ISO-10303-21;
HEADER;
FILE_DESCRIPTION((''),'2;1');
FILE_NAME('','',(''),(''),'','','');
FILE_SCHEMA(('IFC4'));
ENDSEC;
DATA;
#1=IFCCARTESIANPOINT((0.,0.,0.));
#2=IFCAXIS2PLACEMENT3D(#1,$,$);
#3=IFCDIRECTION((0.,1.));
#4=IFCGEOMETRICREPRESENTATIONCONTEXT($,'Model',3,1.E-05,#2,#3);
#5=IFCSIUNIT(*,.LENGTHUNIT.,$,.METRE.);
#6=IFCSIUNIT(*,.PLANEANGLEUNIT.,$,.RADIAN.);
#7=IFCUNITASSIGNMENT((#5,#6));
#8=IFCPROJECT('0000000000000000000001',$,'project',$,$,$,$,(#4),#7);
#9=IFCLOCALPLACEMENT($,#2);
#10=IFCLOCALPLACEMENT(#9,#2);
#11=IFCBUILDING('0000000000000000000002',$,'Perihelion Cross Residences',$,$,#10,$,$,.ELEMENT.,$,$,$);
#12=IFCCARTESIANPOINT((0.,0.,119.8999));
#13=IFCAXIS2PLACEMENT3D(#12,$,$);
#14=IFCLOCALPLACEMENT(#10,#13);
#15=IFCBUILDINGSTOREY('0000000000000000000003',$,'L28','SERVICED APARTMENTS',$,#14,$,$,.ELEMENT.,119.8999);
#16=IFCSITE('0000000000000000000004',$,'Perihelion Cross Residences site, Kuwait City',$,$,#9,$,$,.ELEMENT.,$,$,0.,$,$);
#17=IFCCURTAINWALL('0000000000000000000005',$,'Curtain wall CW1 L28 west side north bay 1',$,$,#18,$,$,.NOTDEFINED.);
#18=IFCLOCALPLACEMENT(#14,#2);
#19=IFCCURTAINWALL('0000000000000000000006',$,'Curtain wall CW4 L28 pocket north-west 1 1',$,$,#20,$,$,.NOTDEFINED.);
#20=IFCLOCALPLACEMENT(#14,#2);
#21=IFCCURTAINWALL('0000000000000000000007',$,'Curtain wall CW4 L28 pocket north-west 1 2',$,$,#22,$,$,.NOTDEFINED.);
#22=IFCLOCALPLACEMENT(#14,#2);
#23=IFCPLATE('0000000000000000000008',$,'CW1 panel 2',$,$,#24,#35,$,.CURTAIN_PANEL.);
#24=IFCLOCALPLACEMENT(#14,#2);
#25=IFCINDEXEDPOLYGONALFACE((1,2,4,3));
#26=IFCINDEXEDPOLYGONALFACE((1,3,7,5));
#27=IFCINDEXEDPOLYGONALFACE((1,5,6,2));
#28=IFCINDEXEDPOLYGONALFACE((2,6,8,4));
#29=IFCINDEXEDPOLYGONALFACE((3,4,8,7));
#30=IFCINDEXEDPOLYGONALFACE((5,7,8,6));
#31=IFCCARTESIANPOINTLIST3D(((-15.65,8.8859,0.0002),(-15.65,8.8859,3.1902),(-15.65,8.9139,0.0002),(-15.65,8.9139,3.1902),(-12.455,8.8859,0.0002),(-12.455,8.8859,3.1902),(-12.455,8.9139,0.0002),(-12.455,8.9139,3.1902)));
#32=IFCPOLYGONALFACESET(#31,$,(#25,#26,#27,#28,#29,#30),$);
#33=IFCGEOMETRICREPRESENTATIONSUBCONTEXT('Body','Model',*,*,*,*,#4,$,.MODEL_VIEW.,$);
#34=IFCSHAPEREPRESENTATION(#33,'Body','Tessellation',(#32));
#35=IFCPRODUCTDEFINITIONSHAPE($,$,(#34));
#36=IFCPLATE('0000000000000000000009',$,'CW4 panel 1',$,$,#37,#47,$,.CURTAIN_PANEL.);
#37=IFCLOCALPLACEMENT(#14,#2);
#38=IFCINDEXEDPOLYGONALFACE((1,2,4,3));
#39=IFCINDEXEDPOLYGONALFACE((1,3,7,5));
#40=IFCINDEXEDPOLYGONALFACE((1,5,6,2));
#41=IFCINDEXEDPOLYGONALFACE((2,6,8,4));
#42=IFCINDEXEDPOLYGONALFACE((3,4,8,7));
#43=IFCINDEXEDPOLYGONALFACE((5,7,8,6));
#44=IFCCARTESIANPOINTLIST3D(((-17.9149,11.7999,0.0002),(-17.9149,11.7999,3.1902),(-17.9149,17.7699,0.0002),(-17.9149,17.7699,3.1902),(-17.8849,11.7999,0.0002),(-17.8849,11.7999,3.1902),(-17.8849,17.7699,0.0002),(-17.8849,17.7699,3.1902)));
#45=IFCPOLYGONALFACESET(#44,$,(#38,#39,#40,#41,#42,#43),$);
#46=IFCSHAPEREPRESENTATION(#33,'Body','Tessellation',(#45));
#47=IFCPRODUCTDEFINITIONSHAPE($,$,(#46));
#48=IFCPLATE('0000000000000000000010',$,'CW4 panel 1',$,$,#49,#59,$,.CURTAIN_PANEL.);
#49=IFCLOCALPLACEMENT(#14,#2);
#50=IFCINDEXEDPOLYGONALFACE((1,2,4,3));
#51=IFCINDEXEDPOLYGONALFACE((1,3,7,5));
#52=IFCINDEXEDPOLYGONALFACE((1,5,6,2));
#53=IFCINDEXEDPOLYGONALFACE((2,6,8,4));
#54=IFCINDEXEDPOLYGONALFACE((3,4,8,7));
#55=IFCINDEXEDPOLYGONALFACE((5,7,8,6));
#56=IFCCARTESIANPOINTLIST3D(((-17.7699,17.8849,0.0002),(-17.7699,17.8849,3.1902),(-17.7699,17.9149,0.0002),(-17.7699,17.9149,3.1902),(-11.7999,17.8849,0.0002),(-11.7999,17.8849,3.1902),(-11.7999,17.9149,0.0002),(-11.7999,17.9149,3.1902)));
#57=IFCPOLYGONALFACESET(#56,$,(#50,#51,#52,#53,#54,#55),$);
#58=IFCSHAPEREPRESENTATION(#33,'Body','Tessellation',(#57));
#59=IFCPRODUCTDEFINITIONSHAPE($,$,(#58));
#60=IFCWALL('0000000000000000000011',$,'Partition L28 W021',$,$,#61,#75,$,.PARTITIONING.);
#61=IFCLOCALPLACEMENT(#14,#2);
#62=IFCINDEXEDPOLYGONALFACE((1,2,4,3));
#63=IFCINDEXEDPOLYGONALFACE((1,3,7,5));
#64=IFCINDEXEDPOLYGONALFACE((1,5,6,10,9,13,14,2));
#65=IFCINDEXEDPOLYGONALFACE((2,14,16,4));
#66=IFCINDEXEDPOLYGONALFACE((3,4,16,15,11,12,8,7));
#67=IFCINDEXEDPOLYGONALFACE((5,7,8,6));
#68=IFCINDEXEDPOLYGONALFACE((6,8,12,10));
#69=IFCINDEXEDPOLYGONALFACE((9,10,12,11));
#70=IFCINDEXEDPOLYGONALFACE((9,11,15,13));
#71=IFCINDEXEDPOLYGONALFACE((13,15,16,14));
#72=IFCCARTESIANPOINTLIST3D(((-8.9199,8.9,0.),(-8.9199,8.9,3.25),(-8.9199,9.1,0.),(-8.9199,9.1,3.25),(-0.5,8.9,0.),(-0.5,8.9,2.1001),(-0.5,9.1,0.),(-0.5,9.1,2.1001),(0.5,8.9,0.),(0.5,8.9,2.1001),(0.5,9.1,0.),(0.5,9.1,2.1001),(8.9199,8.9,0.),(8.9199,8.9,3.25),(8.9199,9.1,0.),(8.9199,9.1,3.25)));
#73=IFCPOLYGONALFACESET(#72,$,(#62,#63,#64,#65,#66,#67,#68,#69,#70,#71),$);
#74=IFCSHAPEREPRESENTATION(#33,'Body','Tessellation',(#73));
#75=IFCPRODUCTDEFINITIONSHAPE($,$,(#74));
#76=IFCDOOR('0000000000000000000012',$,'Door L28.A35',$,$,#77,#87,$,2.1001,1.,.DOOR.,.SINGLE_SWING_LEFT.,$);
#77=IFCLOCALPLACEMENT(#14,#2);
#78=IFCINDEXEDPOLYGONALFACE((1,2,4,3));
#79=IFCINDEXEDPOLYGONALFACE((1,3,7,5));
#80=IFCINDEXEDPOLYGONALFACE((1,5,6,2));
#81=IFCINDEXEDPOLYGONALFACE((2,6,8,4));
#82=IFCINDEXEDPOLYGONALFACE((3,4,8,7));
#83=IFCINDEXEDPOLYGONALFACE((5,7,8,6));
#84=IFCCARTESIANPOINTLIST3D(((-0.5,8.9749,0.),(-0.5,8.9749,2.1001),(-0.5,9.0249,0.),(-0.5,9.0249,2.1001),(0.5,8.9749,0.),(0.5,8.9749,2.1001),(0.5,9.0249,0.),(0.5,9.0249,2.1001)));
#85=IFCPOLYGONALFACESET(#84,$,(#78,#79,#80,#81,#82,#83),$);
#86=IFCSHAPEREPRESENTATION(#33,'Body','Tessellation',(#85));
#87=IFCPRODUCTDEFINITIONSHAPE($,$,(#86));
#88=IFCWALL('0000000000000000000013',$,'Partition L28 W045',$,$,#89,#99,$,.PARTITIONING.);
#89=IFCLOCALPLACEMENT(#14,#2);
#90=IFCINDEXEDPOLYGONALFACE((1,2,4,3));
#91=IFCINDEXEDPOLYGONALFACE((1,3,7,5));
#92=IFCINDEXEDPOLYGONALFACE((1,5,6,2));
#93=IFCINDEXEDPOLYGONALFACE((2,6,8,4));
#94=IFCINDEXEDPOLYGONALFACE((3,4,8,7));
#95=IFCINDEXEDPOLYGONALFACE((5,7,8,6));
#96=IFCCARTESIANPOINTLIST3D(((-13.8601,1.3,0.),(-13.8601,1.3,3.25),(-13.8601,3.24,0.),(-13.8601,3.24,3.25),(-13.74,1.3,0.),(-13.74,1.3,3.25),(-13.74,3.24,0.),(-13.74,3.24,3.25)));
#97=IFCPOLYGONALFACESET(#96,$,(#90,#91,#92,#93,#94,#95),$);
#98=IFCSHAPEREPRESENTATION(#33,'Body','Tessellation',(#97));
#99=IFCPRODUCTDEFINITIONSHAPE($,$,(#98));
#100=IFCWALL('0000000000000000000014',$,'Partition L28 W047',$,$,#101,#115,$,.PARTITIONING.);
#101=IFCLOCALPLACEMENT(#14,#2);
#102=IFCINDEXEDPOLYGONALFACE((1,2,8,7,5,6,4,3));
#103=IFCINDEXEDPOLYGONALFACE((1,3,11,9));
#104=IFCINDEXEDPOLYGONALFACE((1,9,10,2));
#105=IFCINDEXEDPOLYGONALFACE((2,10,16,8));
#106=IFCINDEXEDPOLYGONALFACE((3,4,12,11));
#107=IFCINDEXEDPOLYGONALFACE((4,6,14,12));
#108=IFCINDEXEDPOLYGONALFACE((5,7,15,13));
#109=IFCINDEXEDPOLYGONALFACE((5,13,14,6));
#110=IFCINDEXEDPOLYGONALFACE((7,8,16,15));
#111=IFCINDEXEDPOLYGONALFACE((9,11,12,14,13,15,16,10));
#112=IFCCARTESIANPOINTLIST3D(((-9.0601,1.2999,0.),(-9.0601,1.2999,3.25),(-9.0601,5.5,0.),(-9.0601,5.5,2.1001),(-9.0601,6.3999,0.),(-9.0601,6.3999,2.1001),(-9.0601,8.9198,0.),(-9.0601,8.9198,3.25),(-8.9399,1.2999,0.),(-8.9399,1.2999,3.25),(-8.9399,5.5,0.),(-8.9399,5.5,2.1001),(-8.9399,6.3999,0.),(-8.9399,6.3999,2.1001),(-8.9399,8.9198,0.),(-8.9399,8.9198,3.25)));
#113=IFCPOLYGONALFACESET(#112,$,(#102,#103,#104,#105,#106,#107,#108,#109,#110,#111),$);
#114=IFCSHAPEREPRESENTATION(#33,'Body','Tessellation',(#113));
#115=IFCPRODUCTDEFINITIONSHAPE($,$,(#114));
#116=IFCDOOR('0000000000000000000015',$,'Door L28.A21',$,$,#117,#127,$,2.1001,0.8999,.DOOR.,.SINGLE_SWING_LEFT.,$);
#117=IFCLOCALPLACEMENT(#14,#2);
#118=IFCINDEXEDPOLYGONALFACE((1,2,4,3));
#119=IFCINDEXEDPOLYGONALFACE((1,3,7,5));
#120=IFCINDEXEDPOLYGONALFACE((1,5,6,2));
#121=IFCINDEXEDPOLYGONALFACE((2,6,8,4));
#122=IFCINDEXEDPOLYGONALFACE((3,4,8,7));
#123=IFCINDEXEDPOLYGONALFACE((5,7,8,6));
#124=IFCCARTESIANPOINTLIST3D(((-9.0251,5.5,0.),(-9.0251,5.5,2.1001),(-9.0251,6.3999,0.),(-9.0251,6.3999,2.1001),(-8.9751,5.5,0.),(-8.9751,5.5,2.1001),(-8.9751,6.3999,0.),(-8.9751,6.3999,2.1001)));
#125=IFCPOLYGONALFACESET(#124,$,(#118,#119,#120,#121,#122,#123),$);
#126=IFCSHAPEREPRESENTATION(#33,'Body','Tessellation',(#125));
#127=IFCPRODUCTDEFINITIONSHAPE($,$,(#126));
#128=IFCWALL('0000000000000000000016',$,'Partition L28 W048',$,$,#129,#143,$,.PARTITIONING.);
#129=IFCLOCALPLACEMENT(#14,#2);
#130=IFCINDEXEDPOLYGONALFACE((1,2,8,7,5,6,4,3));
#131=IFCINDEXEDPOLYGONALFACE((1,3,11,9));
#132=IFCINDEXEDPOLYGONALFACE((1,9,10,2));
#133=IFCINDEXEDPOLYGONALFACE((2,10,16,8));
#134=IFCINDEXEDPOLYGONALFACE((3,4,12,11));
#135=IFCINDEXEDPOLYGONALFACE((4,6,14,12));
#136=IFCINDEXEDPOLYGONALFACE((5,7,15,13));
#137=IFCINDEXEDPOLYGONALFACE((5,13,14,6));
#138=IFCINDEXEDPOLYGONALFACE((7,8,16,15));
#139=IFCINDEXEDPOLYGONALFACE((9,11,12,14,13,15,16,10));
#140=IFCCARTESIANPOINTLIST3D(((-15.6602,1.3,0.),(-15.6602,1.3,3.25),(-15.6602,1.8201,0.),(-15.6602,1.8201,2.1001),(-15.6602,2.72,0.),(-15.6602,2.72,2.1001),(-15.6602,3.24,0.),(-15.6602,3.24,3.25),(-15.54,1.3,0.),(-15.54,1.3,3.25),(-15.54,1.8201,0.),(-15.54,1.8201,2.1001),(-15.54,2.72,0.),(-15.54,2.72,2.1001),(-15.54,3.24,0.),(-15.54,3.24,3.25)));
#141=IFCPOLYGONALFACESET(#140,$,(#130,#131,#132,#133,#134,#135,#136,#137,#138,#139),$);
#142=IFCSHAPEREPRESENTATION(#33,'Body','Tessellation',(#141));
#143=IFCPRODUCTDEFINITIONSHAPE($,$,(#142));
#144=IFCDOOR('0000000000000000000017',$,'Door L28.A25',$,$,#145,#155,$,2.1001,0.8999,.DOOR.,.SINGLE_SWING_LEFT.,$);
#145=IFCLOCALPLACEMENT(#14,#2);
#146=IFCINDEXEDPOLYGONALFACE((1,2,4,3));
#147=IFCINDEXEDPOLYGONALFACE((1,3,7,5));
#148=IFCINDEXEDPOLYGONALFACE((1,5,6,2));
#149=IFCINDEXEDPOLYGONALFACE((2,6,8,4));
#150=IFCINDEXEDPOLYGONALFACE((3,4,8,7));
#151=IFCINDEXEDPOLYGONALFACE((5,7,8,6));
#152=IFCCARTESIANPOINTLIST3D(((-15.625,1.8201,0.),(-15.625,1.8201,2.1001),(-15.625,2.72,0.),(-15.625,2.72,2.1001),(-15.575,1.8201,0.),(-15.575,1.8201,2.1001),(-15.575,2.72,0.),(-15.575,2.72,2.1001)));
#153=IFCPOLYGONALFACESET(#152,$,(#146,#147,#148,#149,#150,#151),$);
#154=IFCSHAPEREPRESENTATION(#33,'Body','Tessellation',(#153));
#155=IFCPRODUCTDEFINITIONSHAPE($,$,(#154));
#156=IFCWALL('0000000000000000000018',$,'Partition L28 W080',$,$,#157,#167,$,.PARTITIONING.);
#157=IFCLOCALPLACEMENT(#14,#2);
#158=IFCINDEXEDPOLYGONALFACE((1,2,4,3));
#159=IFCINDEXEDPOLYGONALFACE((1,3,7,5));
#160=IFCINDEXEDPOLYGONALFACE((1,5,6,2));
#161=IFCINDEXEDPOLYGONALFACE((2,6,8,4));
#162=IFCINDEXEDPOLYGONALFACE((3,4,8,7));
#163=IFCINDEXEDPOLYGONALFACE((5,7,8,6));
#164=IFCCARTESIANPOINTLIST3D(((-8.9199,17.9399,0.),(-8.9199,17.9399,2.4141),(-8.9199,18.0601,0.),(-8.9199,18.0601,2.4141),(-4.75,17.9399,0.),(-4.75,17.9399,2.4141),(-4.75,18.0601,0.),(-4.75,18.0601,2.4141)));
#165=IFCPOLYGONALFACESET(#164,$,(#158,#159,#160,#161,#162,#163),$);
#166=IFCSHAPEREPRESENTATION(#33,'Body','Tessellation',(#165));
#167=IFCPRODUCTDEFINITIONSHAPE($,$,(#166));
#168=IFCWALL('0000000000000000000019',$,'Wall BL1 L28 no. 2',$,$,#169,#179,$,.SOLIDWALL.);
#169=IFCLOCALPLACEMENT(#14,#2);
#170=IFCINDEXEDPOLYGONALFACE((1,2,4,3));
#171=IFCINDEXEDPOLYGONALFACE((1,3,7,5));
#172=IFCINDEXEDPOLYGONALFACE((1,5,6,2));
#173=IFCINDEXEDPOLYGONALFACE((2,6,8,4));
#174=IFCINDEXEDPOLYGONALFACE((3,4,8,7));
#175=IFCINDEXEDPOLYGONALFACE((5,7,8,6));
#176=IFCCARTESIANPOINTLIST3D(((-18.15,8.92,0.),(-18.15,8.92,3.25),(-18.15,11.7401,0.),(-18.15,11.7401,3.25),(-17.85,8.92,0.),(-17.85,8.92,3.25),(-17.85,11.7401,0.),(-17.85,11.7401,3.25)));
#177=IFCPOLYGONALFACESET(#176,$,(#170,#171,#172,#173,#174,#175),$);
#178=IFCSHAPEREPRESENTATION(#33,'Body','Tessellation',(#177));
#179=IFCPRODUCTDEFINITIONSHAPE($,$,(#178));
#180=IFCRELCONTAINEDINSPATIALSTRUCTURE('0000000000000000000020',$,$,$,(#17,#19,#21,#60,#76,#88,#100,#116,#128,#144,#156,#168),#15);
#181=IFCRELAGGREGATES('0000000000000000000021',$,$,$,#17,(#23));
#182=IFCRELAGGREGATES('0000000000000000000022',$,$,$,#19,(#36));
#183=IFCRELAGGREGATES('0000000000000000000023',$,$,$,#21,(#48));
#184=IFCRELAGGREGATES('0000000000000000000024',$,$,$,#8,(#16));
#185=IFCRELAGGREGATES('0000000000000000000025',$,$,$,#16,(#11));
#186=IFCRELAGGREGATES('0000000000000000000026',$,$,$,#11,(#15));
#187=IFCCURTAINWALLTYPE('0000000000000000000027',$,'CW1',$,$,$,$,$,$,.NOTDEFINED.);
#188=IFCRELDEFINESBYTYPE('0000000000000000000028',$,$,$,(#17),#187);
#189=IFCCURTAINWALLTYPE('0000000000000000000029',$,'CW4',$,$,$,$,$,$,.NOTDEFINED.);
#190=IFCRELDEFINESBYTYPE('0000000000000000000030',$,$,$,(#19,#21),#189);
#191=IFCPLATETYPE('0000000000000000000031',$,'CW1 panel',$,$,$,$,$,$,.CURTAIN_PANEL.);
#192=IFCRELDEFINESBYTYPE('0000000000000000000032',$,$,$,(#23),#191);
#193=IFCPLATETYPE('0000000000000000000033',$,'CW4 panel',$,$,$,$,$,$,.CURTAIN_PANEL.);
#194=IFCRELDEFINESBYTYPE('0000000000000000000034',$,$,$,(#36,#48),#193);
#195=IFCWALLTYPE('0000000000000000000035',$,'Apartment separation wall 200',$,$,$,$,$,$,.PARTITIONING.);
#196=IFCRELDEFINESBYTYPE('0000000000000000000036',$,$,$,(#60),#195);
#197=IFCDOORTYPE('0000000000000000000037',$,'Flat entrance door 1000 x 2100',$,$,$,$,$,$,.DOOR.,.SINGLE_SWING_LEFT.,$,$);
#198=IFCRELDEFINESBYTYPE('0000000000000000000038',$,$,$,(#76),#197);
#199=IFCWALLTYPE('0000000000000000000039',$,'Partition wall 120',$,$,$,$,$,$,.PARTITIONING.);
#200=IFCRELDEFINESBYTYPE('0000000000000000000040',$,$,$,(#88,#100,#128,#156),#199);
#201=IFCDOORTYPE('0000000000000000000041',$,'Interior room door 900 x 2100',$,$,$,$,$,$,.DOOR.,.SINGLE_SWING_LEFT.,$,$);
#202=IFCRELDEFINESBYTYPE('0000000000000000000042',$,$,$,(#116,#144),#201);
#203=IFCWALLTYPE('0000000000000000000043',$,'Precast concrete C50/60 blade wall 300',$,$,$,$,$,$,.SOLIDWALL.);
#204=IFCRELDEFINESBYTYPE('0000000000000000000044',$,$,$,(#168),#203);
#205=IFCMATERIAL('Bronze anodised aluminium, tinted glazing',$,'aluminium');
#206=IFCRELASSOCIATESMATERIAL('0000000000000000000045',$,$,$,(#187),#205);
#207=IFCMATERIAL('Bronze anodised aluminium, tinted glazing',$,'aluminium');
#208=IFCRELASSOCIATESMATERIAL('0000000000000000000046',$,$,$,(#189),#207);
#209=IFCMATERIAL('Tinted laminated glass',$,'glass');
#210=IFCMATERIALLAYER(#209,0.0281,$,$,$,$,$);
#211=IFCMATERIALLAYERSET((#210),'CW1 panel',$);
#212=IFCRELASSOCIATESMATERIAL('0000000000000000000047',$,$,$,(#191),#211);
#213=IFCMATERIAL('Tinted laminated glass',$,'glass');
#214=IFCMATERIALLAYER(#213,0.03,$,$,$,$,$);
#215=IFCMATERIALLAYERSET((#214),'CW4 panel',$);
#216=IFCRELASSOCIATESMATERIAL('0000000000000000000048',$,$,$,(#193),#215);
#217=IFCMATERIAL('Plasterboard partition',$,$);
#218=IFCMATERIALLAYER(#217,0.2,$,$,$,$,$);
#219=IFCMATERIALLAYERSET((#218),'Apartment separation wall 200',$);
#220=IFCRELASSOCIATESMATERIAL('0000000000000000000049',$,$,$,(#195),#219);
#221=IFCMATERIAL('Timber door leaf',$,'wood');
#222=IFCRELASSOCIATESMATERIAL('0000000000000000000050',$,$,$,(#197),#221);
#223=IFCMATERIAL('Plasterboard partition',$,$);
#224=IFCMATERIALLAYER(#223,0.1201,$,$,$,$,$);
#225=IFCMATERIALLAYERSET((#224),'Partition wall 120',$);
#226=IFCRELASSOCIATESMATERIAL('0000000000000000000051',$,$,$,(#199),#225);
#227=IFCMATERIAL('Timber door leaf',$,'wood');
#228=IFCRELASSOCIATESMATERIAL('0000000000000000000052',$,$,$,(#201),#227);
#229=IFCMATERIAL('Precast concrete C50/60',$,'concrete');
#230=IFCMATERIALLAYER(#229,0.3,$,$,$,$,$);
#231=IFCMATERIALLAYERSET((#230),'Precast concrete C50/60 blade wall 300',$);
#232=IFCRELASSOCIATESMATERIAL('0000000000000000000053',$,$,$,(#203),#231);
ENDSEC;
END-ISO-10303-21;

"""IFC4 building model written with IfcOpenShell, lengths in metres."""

from ifc_helpers import new_model, si_unit, direction, frame, frame_2d, origin, origin_2d, place, context, subcontext, project, spatial, rectangle, extrude, material, layer, layer_set, type_object, element, fill, aggregate, save


model = new_model("IFC4")

# Units and contexts
model_context = context("Model", 3, precision=1e-05, world=origin(), true_north=direction((0.0, 1.0)))
body_context = subcontext(model_context, "Body", "Model", "MODEL_VIEW")
ifc_project = project(units=[si_unit("LENGTHUNIT", "METRE"), si_unit("PLANEANGLEUNIT", "RADIAN")], contexts=[model_context])

# Site, building, storey
site_placement = place(None, origin())
site = spatial("IfcSite", under=ifc_project, at=site_placement, Name="Perihelion Cross Residences site, Kuwait City", CompositionType="ELEMENT", RefElevation=0.0)
building_placement = place(site_placement, origin())
building = spatial("IfcBuilding", under=site, at=building_placement, Name="Perihelion Cross Residences", CompositionType="ELEMENT")
storey_placement = place(building_placement, frame((0.0, 0.0, 119.8999)))
storey = spatial("IfcBuildingStorey", under=building, at=storey_placement, Name="L28", Description="SERVICED APARTMENTS", CompositionType="ELEMENT", Elevation=119.8999)

# Curtain walls
ifc_material_1 = material(Name="Bronze anodised aluminium, tinted glazing", Category="aluminium")
curtain_wall_type_1 = type_object("IfcCurtainWallType", Name="CW1", PredefinedType="NOTDEFINED", material=ifc_material_1)
curtain_wall_1_placement = place(storey_placement, origin())
curtain_wall_1 = element("IfcCurtainWall", 1, at=curtain_wall_1_placement, inside=storey, type_object=curtain_wall_type_1, Name="Curtain wall CW1 L28 west side north bay 1", PredefinedType="NOTDEFINED")
ifc_material_2 = material(Name="Bronze anodised aluminium, tinted glazing", Category="aluminium")
curtain_wall_type_2 = type_object("IfcCurtainWallType", Name="CW4", PredefinedType="NOTDEFINED", material=ifc_material_2)
curtain_wall_2_placement = place(storey_placement, origin())
curtain_wall_2 = element("IfcCurtainWall", 2, at=curtain_wall_2_placement, inside=storey, type_object=curtain_wall_type_2, Name="Curtain wall CW4 L28 pocket north-west 1 1", PredefinedType="NOTDEFINED")
curtain_wall_3_placement = place(storey_placement, origin())
curtain_wall_3 = element("IfcCurtainWall", 3, at=curtain_wall_3_placement, inside=storey, type_object=curtain_wall_type_2, Name="Curtain wall CW4 L28 pocket north-west 1 2", PredefinedType="NOTDEFINED")

# Plates
ifc_material_3 = material(Name="Tinted laminated glass", Category="glass")
ifc_layer_1 = layer(ifc_material_3, 0.0281)
ifc_layer_set_1 = layer_set([ifc_layer_1], Name="CW1 panel")
plate_type_1 = type_object("IfcPlateType", Name="CW1 panel", PredefinedType="CURTAIN_PANEL", material=ifc_layer_set_1)
plate_1_placement = place(storey_placement, frame((-14.0525, 8.8999, 0.0002), z_axis=(0.0, 0.0, 1.0), x_axis=(-1.0, 0.0, 0.0)))
plate_1 = element("IfcPlate", 4, at=plate_1_placement, type_object=plate_type_1, Name="CW1 panel 2", PredefinedType="CURTAIN_PANEL", context=body_context, shape_type="SweptSolid", body=[
    extrude(rectangle(XDim=3.1951, YDim=0.0281, at=origin_2d()), origin(), (0.0, 0.0, 1.0), 3.1899),
])
aggregate(curtain_wall_1, [plate_1])
ifc_material_4 = material(Name="Tinted laminated glass", Category="glass")
ifc_layer_2 = layer(ifc_material_4, 0.03)
ifc_layer_set_2 = layer_set([ifc_layer_2], Name="CW4 panel")
plate_type_2 = type_object("IfcPlateType", Name="CW4 panel", PredefinedType="CURTAIN_PANEL", material=ifc_layer_set_2)
plate_2_placement = place(storey_placement, frame((-17.8999, 14.7849, 0.0002), z_axis=(0.0, 0.0, 1.0), x_axis=(0.0, 1.0, 0.0)))
plate_2 = element("IfcPlate", 5, at=plate_2_placement, type_object=plate_type_2, Name="CW4 panel 1", PredefinedType="CURTAIN_PANEL", context=body_context, shape_type="SweptSolid", body=[
    extrude(rectangle(XDim=5.97, YDim=0.03, at=origin_2d()), origin(), (0.0, 0.0, 1.0), 3.1899),
])
aggregate(curtain_wall_2, [plate_2])
plate_3_placement = place(storey_placement, frame((-14.7849, 17.8999, 0.0002), z_axis=(0.0, 0.0, 1.0), x_axis=(1.0, 0.0, 0.0)))
plate_3 = element("IfcPlate", 6, at=plate_3_placement, type_object=plate_type_2, Name="CW4 panel 1", PredefinedType="CURTAIN_PANEL", context=body_context, shape_type="SweptSolid", body=[
    extrude(rectangle(XDim=5.97, YDim=0.03, at=origin_2d()), origin(), (0.0, 0.0, 1.0), 3.1899),
])
aggregate(curtain_wall_3, [plate_3])

# Wall, opening, door
ifc_material_5 = material(Name="Plasterboard partition")
ifc_layer_3 = layer(ifc_material_5, 0.2)
ifc_layer_set_3 = layer_set([ifc_layer_3], Name="Apartment separation wall 200")
wall_type_1 = type_object("IfcWallType", Name="Apartment separation wall 200", PredefinedType="PARTITIONING", material=ifc_layer_set_3)
wall_1_placement = place(storey_placement, frame((-8.9199, 9.0, 0.0), z_axis=(0.0, 0.0, 1.0), x_axis=(1.0, 0.0, 0.0)))
wall_1 = element("IfcWall", 7, at=wall_1_placement, inside=storey, type_object=wall_type_1, Name="Partition L28 W021", PredefinedType="PARTITIONING", context=body_context, shape_type="SweptSolid", body=[
    extrude(rectangle(XDim=17.8398, YDim=0.2, at=frame_2d((8.9199, 0.0))), origin(), (0.0, 0.0, 1.0), 3.25),
])
opening_1_placement = place(wall_1_placement, frame((8.4199, 0.0, 0.0)))
opening_1 = element("IfcOpeningElement", 8, at=opening_1_placement, cuts=wall_1, PredefinedType="OPENING", context=body_context, shape_type="SweptSolid", body=[
    extrude(rectangle(XDim=1.0, YDim=2.1001, at=frame_2d((0.5, 1.05))), frame((0.0, 0.1099, 0.0), z_axis=(0.0, -1.0, 0.0), x_axis=(1.0, 0.0, 0.0)), (0.0, 0.0, 1.0), 0.22),
])
ifc_material_6 = material(Name="Timber door leaf", Category="wood")
door_type_1 = type_object("IfcDoorType", Name="Flat entrance door 1000 x 2100", OperationType="SINGLE_SWING_LEFT", PredefinedType="DOOR", material=ifc_material_6)
door_1_placement = place(opening_1_placement, origin())
door_1 = element("IfcDoor", 9, at=door_1_placement, inside=storey, type_object=door_type_1, Name="Door L28.A35", OperationType="SINGLE_SWING_LEFT", OverallHeight=2.1001, OverallWidth=1.0, PredefinedType="DOOR", context=body_context, shape_type="SweptSolid", body=[
    extrude(rectangle(XDim=1.0, YDim=2.1001, at=frame_2d((0.5, 1.05))), frame((0.0, 0.0249, 0.0), z_axis=(0.0, -1.0, 0.0), x_axis=(1.0, 0.0, 0.0)), (0.0, 0.0, 1.0), 0.05),
])
fill(opening_1, door_1)

# Wall
ifc_material_7 = material(Name="Plasterboard partition")
ifc_layer_4 = layer(ifc_material_7, 0.1201)
ifc_layer_set_4 = layer_set([ifc_layer_4], Name="Partition wall 120")
wall_type_2 = type_object("IfcWallType", Name="Partition wall 120", PredefinedType="PARTITIONING", material=ifc_layer_set_4)
wall_2_placement = place(storey_placement, frame((-13.8, 1.3, 0.0), z_axis=(0.0, 0.0, 1.0), x_axis=(0.0, 1.0, 0.0)))
element("IfcWall", 10, at=wall_2_placement, inside=storey, type_object=wall_type_2, Name="Partition L28 W045", PredefinedType="PARTITIONING", context=body_context, shape_type="SweptSolid", body=[
    extrude(rectangle(XDim=1.9399, YDim=0.1201, at=frame_2d((0.97, 0.0))), origin(), (0.0, 0.0, 1.0), 3.25),
])

# Walls, openings, doors
wall_3_placement = place(storey_placement, frame((-9.0, 8.9199, 0.0), z_axis=(0.0, 0.0, 1.0), x_axis=(0.0, -1.0, 0.0)))
wall_3 = element("IfcWall", 11, at=wall_3_placement, inside=storey, type_object=wall_type_2, Name="Partition L28 W047", PredefinedType="PARTITIONING", context=body_context, shape_type="SweptSolid", body=[
    extrude(rectangle(XDim=7.6199, YDim=0.1201, at=frame_2d((3.8101, 0.0))), origin(), (0.0, 0.0, 1.0), 3.25),
])
opening_2_placement = place(wall_3_placement, frame((2.52, 0.0, 0.0)))
opening_2 = element("IfcOpeningElement", 12, at=opening_2_placement, cuts=wall_3, PredefinedType="OPENING", context=body_context, shape_type="SweptSolid", body=[
    extrude(rectangle(XDim=0.8999, YDim=2.1001, at=frame_2d((0.45, 1.05))), frame((0.0, 0.0701, 0.0), z_axis=(0.0, -1.0, 0.0), x_axis=(1.0, 0.0, 0.0)), (0.0, 0.0, 1.0), 0.1401),
])
ifc_material_8 = material(Name="Timber door leaf", Category="wood")
door_type_2 = type_object("IfcDoorType", Name="Interior room door 900 x 2100", OperationType="SINGLE_SWING_LEFT", PredefinedType="DOOR", material=ifc_material_8)
door_2_placement = place(opening_2_placement, origin())
door_2 = element("IfcDoor", 13, at=door_2_placement, inside=storey, type_object=door_type_2, Name="Door L28.A21", OperationType="SINGLE_SWING_LEFT", OverallHeight=2.1001, OverallWidth=0.8999, PredefinedType="DOOR", context=body_context, shape_type="SweptSolid", body=[
    extrude(rectangle(XDim=0.8999, YDim=2.1001, at=frame_2d((0.45, 1.05))), frame((0.0, 0.0249, 0.0), z_axis=(0.0, -1.0, 0.0), x_axis=(1.0, 0.0, 0.0)), (0.0, 0.0, 1.0), 0.05),
])
fill(opening_2, door_2)
wall_4_placement = place(storey_placement, frame((-15.6001, 1.3, 0.0), z_axis=(0.0, 0.0, 1.0), x_axis=(0.0, 1.0, 0.0)))
wall_4 = element("IfcWall", 14, at=wall_4_placement, inside=storey, type_object=wall_type_2, Name="Partition L28 W048", PredefinedType="PARTITIONING", context=body_context, shape_type="SweptSolid", body=[
    extrude(rectangle(XDim=1.9399, YDim=0.1201, at=frame_2d((0.97, 0.0))), origin(), (0.0, 0.0, 1.0), 3.25),
])
opening_3_placement = place(wall_4_placement, frame((0.52, 0.0, 0.0)))
opening_3 = element("IfcOpeningElement", 15, at=opening_3_placement, cuts=wall_4, PredefinedType="OPENING", context=body_context, shape_type="SweptSolid", body=[
    extrude(rectangle(XDim=0.8999, YDim=2.1001, at=frame_2d((0.45, 1.05))), frame((0.0, 0.0701, 0.0), z_axis=(0.0, -1.0, 0.0), x_axis=(1.0, 0.0, 0.0)), (0.0, 0.0, 1.0), 0.1401),
])
door_3_placement = place(opening_3_placement, origin())
door_3 = element("IfcDoor", 16, at=door_3_placement, inside=storey, type_object=door_type_2, Name="Door L28.A25", OperationType="SINGLE_SWING_LEFT", OverallHeight=2.1001, OverallWidth=0.8999, PredefinedType="DOOR", context=body_context, shape_type="SweptSolid", body=[
    extrude(rectangle(XDim=0.8999, YDim=2.1001, at=frame_2d((0.45, 1.05))), frame((0.0, 0.0249, 0.0), z_axis=(0.0, -1.0, 0.0), x_axis=(1.0, 0.0, 0.0)), (0.0, 0.0, 1.0), 0.05),
])
fill(opening_3, door_3)

# Walls
wall_5_placement = place(storey_placement, frame((-8.9199, 18.0, 0.0), z_axis=(0.0, 0.0, 1.0), x_axis=(1.0, 0.0, 0.0)))
element("IfcWall", 17, at=wall_5_placement, inside=storey, type_object=wall_type_2, Name="Partition L28 W080", PredefinedType="PARTITIONING", context=body_context, shape_type="SweptSolid", body=[
    extrude(rectangle(XDim=4.1699, YDim=0.1201, at=frame_2d((2.085, 0.0))), origin(), (0.0, 0.0, 1.0), 2.4141),
])
ifc_material_9 = material(Name="Precast concrete C50/60", Category="concrete")
ifc_layer_5 = layer(ifc_material_9, 0.3)
ifc_layer_set_5 = layer_set([ifc_layer_5], Name="Precast concrete C50/60 blade wall 300")
wall_type_3 = type_object("IfcWallType", Name="Precast concrete C50/60 blade wall 300", PredefinedType="SOLIDWALL", material=ifc_layer_set_5)
for number, where, z_axis, x_axis, name in (
    (18, (-18.0, 8.9199, 0.0), (0.0, 0.0, 1.0), (0.0, 1.0, 0.0), "Wall BL1 L28 no. 2"),
):
    element("IfcWall", number, at=place(storey_placement, frame(where, z_axis=z_axis, x_axis=x_axis)), inside=storey, type_object=wall_type_3, Name=name, PredefinedType="SOLIDWALL", context=body_context, shape_type="SweptSolid", body=[
        extrude(rectangle(XDim=2.8201, YDim=0.3, at=frame_2d((1.4102, 0.0))), origin(), (0.0, 0.0, 1.0), 3.25),
    ])

save(model, "model.ifc")
